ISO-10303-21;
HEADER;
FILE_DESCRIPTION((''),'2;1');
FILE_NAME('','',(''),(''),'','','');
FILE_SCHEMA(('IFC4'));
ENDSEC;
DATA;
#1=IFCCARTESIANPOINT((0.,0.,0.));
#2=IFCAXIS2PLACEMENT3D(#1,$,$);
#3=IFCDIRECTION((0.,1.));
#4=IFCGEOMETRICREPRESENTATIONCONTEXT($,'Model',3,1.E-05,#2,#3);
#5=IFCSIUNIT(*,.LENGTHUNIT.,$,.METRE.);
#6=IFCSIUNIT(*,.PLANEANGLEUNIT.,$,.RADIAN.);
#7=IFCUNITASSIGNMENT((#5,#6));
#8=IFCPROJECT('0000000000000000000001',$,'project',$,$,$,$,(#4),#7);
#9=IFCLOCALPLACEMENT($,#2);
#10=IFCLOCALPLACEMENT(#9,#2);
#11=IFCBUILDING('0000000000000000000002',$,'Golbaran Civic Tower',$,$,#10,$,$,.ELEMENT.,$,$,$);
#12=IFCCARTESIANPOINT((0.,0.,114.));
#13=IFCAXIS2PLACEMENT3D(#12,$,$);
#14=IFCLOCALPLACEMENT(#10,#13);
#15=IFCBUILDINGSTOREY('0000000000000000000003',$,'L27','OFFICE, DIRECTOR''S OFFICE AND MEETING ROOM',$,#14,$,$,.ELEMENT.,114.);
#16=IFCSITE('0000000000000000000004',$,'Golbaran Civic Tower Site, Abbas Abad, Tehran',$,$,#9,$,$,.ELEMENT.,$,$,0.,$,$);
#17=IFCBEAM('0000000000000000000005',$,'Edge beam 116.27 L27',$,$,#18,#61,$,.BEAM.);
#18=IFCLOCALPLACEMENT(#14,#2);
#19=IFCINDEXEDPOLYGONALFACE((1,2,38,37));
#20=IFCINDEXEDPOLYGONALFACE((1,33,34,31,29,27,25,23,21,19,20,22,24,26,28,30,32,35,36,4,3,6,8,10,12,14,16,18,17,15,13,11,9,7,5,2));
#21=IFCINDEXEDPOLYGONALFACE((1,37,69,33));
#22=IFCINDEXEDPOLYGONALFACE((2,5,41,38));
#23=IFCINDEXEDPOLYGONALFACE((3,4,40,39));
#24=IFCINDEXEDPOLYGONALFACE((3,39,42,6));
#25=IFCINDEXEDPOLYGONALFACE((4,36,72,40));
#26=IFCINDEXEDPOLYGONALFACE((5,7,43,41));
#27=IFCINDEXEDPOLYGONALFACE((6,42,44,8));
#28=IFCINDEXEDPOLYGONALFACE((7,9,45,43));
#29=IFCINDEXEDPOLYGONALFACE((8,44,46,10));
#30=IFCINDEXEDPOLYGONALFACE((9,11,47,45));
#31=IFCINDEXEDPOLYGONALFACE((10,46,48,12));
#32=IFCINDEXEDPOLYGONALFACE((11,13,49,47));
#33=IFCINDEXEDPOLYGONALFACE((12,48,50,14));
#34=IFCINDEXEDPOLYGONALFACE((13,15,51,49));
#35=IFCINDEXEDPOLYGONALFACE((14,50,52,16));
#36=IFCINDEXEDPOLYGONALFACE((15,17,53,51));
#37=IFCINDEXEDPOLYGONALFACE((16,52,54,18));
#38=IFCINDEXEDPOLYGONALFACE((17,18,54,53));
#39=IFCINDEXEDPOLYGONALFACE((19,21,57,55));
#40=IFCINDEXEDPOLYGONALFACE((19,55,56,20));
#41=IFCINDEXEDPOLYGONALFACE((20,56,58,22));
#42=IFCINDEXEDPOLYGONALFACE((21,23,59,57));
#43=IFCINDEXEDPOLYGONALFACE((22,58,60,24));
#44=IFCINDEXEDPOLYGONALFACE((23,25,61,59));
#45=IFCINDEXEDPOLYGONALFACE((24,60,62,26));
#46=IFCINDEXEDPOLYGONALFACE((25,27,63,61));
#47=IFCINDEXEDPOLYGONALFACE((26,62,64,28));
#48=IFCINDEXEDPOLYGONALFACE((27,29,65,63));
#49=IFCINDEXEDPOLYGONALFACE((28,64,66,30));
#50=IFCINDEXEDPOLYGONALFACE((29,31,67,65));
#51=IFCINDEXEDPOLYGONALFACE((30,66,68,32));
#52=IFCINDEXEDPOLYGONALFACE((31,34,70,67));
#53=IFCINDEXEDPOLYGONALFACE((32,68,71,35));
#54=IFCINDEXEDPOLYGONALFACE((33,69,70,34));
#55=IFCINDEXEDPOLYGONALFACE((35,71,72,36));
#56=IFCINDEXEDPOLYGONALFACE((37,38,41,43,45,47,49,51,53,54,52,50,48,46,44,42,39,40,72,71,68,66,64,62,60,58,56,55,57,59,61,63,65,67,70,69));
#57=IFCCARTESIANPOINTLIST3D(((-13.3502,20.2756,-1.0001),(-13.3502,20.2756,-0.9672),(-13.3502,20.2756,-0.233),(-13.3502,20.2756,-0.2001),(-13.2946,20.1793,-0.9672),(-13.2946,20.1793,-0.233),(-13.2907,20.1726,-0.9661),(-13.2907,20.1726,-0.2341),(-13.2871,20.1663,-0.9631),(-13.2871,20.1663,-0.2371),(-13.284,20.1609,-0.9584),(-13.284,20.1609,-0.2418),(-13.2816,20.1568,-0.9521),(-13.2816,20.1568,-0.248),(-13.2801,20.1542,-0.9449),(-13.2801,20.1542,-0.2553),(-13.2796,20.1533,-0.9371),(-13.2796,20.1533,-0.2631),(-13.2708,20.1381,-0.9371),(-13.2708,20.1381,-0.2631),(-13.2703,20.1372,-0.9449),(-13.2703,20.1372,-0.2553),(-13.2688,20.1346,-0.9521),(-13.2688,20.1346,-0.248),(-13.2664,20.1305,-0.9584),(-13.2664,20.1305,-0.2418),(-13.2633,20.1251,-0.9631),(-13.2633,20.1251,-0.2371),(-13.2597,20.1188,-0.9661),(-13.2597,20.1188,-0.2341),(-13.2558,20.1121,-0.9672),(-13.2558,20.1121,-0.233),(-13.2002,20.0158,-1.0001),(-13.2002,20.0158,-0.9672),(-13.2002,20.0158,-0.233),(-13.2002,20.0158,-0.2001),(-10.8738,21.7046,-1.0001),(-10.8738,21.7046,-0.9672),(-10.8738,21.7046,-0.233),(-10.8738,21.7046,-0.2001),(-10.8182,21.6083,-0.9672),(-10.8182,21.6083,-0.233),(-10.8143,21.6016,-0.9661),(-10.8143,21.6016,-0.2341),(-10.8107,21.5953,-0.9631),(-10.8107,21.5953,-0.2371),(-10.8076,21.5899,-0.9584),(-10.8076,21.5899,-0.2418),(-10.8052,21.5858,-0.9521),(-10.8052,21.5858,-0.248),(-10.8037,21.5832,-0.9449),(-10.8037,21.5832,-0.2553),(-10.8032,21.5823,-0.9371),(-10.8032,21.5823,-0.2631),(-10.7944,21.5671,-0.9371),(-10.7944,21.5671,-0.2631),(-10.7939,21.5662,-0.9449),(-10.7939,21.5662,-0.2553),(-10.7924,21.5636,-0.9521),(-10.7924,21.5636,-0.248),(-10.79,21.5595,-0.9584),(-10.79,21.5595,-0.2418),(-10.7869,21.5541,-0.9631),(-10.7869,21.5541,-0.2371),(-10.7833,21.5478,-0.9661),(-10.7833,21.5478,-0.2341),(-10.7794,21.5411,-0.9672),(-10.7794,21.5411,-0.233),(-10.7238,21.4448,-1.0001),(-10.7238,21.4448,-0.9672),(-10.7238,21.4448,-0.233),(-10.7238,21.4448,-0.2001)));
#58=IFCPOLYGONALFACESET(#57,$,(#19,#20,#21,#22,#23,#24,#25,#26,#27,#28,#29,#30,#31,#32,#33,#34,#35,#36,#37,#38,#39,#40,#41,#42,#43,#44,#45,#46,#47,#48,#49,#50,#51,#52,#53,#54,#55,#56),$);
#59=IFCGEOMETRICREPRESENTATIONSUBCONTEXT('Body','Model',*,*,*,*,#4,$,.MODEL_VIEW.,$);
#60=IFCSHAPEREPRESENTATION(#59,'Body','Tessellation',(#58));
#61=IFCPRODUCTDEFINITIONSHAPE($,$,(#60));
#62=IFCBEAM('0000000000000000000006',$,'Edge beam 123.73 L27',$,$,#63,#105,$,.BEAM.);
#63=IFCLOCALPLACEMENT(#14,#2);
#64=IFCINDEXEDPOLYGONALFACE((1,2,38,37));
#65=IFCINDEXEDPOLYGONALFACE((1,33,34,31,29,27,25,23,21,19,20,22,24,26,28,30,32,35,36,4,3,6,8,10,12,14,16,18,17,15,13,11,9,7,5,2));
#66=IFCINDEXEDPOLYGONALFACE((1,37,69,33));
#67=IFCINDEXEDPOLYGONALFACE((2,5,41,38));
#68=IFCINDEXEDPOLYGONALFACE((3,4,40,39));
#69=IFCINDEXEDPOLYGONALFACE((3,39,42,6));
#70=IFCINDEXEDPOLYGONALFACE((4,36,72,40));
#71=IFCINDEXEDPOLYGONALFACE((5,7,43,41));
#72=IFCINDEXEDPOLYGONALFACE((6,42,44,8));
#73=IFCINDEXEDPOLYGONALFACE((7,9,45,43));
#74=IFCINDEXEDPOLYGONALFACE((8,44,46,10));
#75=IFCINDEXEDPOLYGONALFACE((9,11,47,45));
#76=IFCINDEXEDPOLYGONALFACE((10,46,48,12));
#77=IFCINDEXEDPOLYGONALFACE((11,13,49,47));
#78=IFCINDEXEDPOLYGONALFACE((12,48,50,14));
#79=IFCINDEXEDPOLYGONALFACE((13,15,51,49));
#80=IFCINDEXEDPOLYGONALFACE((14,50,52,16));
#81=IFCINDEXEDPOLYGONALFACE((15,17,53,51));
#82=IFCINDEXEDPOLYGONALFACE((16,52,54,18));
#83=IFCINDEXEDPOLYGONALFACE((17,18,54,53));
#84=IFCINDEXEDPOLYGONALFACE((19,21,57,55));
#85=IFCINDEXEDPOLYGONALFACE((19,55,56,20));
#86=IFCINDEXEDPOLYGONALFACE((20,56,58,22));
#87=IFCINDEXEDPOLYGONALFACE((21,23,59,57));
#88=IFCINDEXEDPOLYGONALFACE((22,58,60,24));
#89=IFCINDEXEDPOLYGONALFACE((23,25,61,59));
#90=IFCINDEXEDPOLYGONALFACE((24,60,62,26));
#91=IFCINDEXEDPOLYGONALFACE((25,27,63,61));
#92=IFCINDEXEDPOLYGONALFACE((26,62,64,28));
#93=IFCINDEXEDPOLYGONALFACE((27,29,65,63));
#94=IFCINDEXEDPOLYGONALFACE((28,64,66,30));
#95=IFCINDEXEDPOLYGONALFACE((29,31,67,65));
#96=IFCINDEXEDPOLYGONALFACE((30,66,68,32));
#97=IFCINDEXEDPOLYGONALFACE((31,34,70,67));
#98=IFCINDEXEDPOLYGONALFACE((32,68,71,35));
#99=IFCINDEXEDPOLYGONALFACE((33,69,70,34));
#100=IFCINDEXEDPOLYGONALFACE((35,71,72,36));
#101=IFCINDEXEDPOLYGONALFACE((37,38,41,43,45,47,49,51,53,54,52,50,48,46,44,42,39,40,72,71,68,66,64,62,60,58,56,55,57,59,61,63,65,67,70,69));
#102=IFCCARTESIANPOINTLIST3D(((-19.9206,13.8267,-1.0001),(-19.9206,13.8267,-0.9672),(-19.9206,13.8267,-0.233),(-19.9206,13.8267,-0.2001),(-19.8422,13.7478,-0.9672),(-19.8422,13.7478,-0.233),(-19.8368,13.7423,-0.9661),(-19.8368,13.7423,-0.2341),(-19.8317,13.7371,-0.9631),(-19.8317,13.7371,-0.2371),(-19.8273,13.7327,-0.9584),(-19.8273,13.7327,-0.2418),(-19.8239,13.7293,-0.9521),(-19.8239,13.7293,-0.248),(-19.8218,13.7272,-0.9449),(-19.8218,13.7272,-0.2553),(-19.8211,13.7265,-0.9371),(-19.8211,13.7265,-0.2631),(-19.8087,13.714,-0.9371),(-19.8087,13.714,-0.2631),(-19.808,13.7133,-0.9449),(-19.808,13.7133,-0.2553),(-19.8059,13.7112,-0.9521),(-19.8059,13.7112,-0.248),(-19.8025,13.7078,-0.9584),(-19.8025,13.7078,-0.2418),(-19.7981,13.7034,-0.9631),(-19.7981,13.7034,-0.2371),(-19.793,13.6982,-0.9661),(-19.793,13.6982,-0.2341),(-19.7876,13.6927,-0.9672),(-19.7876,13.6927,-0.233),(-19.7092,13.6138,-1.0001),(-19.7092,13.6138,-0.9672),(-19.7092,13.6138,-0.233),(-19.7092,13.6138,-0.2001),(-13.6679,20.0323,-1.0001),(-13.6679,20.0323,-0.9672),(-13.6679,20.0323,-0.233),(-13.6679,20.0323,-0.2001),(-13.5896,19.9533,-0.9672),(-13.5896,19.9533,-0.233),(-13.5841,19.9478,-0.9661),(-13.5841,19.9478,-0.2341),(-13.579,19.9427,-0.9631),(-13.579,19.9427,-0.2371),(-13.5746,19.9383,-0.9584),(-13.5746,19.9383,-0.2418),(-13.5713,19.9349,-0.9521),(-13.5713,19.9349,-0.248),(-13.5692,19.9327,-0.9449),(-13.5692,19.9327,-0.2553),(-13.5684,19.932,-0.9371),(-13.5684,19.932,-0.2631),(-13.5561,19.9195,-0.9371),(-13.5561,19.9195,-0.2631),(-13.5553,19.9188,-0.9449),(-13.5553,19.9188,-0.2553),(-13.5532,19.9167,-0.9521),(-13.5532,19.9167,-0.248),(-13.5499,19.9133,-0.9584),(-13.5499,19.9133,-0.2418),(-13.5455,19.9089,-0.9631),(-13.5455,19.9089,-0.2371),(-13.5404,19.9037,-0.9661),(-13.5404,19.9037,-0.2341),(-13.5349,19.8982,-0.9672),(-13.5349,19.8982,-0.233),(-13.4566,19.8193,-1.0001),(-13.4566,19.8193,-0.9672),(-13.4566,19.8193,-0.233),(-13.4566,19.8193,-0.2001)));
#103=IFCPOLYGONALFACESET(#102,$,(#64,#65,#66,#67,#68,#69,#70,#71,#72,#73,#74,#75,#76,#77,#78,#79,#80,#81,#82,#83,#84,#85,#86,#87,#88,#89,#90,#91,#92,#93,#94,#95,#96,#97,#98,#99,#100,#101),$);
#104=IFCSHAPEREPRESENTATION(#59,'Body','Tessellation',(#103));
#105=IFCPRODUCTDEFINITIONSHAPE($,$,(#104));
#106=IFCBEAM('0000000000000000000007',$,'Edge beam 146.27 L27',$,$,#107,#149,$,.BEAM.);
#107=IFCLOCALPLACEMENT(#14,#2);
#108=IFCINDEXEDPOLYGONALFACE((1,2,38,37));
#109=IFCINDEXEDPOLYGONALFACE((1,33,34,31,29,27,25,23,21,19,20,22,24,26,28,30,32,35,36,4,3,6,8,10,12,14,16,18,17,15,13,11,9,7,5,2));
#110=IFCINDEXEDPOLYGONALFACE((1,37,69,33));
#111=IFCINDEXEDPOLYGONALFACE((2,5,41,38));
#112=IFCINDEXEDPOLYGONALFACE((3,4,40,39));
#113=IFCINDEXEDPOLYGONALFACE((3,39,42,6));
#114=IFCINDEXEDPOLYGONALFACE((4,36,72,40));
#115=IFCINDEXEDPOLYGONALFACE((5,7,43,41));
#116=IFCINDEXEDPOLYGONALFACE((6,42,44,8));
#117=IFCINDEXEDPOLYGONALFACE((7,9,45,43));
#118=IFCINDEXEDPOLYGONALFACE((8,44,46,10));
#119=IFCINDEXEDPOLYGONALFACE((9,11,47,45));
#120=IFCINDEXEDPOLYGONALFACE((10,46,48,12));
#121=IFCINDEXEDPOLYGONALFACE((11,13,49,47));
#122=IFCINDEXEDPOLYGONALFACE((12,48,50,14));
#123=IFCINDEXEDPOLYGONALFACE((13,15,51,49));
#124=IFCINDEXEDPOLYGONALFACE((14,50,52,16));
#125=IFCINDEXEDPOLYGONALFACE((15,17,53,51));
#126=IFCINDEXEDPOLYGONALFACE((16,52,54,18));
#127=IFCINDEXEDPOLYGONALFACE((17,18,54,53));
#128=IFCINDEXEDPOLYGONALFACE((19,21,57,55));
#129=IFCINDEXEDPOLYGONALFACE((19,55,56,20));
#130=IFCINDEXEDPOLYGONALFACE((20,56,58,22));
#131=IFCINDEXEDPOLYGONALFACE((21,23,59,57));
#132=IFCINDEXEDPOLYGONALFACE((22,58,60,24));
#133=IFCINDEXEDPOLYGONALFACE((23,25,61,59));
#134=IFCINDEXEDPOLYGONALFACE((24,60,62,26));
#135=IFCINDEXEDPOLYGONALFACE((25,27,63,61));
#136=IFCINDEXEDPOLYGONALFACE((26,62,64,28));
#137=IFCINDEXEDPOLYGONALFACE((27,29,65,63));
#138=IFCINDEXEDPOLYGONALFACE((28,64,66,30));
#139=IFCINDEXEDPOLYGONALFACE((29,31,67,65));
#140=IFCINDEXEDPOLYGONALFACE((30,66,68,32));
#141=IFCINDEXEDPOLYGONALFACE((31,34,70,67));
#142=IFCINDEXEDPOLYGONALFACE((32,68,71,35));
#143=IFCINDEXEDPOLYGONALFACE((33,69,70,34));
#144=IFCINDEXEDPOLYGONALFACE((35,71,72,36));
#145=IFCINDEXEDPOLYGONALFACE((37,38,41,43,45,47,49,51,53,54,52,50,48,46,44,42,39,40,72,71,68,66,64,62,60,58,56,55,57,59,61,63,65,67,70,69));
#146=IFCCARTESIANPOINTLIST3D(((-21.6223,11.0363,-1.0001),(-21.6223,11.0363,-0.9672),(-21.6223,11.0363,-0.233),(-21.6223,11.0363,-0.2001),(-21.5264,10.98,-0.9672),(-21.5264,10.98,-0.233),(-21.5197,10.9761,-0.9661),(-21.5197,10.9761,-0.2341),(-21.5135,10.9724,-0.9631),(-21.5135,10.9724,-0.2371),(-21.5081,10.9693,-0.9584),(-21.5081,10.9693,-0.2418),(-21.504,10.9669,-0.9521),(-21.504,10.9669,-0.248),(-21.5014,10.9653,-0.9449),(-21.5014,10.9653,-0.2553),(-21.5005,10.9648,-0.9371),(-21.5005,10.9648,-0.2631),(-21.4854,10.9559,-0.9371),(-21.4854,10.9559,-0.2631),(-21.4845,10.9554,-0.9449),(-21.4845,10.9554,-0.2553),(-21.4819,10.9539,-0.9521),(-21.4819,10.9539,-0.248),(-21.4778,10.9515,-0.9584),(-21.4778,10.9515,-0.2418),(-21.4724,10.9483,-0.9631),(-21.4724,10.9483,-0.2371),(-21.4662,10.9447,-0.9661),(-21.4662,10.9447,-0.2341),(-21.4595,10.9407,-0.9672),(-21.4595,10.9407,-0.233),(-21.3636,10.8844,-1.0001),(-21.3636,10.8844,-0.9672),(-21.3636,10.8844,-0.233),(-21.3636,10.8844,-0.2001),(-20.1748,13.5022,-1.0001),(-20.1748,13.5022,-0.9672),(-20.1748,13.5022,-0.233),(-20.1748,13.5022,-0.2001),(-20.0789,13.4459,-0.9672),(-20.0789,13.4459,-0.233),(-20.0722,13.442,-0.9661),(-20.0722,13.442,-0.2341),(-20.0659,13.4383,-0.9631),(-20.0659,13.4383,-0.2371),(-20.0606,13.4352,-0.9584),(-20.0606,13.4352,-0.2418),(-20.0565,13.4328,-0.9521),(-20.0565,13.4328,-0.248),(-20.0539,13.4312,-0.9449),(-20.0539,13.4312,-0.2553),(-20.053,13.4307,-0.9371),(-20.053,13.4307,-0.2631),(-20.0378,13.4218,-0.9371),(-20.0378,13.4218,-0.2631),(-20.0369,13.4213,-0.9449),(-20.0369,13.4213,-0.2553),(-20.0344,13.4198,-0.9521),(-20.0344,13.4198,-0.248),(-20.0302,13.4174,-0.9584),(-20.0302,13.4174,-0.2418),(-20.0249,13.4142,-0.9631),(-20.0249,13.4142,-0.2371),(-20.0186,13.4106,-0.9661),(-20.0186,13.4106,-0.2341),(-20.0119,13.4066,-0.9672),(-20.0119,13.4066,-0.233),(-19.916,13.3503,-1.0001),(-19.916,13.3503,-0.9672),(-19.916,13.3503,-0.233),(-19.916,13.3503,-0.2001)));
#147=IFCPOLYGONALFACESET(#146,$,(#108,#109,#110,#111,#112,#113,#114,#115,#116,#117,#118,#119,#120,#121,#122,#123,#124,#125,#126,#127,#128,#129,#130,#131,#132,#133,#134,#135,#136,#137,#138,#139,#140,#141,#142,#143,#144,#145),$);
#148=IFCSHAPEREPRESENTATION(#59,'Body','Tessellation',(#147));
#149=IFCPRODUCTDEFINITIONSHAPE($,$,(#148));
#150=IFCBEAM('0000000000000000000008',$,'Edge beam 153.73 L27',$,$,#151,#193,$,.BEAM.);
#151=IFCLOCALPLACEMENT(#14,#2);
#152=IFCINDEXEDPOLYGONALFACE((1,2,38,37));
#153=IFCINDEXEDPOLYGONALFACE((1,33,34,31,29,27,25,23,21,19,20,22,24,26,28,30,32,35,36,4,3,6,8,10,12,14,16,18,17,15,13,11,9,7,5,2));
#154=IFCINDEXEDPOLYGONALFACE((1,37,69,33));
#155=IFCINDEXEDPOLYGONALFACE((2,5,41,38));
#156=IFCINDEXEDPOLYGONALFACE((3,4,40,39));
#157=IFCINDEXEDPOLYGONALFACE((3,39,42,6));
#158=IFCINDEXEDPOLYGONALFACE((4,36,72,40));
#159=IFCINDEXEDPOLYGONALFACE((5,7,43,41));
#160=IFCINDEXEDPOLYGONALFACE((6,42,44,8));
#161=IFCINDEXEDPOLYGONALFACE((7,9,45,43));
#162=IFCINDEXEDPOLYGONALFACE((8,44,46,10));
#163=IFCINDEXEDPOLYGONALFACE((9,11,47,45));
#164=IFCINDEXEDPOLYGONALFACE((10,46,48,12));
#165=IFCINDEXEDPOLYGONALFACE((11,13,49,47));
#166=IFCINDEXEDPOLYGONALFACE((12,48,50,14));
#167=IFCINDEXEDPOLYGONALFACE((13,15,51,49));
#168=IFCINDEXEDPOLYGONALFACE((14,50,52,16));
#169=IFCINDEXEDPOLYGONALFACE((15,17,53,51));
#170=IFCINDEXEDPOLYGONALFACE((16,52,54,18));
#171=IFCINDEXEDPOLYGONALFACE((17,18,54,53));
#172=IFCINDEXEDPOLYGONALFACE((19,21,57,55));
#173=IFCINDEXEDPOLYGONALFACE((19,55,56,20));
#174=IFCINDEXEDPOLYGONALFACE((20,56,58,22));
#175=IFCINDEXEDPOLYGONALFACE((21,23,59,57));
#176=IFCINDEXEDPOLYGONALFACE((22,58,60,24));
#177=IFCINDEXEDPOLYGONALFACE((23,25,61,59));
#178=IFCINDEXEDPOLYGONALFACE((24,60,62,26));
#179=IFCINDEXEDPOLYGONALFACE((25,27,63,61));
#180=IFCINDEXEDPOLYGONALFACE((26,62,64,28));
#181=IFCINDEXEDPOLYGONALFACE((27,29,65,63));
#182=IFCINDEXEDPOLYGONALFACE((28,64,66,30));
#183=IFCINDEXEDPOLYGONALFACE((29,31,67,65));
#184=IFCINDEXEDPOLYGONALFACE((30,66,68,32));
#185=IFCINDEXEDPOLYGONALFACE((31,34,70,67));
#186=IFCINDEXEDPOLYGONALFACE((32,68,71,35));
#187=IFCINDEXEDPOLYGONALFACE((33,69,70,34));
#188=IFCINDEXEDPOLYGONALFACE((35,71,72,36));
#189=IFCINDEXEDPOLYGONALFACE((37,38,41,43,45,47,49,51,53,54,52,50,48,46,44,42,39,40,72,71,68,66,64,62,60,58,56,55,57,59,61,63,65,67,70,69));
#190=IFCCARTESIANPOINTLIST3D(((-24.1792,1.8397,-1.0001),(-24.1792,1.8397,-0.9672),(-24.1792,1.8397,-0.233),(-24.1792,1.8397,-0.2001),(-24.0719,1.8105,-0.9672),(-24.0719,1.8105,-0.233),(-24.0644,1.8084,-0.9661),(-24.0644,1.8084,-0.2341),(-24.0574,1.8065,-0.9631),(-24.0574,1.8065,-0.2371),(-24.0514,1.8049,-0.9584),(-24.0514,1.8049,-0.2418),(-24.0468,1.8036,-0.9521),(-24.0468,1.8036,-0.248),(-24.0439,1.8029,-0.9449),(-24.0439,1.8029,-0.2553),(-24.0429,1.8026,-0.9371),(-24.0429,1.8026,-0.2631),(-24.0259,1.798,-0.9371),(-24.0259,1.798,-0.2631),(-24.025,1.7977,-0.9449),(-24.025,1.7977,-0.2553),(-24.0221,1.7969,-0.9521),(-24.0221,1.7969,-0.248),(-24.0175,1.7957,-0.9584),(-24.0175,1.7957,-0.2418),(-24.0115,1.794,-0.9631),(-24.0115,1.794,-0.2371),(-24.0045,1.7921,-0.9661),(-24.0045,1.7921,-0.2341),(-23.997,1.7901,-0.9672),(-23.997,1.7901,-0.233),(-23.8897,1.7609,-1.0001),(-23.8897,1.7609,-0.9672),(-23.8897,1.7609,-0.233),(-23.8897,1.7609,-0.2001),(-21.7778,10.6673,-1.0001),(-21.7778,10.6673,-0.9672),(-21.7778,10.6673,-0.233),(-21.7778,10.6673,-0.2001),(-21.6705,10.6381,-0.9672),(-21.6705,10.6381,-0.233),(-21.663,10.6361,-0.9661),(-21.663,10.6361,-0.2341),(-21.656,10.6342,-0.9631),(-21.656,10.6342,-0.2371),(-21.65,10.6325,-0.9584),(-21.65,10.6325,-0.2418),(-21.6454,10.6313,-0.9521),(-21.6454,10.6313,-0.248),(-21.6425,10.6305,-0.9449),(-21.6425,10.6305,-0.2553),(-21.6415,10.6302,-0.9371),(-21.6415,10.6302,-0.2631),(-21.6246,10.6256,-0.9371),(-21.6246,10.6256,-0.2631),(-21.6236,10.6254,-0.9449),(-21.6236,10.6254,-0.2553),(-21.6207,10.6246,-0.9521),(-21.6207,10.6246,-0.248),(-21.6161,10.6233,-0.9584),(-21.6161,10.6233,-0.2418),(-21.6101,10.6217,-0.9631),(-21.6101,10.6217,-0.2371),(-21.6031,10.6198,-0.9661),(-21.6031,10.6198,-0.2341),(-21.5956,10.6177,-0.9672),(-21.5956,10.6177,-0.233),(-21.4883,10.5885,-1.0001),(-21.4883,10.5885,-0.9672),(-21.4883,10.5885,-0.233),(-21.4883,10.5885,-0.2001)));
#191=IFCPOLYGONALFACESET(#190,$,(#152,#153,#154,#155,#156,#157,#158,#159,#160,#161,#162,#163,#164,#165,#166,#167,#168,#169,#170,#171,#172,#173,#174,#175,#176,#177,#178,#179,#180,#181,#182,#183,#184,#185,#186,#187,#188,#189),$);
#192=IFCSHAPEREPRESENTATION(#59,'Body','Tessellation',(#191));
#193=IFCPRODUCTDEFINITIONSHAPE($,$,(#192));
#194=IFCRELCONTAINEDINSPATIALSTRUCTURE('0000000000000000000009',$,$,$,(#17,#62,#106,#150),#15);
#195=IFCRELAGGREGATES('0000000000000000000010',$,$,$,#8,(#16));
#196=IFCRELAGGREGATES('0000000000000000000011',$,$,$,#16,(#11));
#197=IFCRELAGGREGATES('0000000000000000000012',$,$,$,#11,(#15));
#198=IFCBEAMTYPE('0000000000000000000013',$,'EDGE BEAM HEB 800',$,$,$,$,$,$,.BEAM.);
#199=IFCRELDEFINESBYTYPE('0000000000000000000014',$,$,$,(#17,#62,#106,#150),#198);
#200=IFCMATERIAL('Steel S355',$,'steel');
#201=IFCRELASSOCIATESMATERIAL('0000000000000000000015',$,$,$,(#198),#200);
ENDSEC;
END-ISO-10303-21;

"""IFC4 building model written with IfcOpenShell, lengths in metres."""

from ifc_helpers import new_model, si_unit, direction, frame, origin, origin_2d, place, context, subcontext, project, spatial, i_section, extrude, material, material_profile, profile_set, type_object, element, save


model = new_model("IFC4")

# Units and contexts
model_context = context("Model", 3, precision=1e-05, world=origin(), true_north=direction((0.0, 1.0)))
body_context = subcontext(model_context, "Body", "Model", "MODEL_VIEW")
ifc_project = project(units=[si_unit("LENGTHUNIT", "METRE"), si_unit("PLANEANGLEUNIT", "RADIAN")], contexts=[model_context])

# Site, building, storey
site_placement = place(None, origin())
site = spatial("IfcSite", under=ifc_project, at=site_placement, Name="Golbaran Civic Tower Site, Abbas Abad, Tehran", CompositionType="ELEMENT", RefElevation=0.0)
building_placement = place(site_placement, origin())
building = spatial("IfcBuilding", under=site, at=building_placement, Name="Golbaran Civic Tower", CompositionType="ELEMENT")
storey_placement = place(building_placement, frame((0.0, 0.0, 114.0)))
storey = spatial("IfcBuildingStorey", under=building, at=storey_placement, Name="L27", Description="OFFICE, DIRECTOR'S OFFICE AND MEETING ROOM", CompositionType="ELEMENT", Elevation=114.0)

# Beams
ifc_material_1 = material(Name="Steel S355", Category="steel")
ifc_material_profile_1 = material_profile(ifc_material_1, i_section(OverallWidth=0.3, OverallDepth=0.8, WebThickness=0.0176, FlangeThickness=0.033, FilletRadius=0.03, at=origin_2d()), Name="HEB 800")
ifc_profile_set_1 = profile_set([ifc_material_profile_1], Name="Steel S355")
beam_type_1 = type_object("IfcBeamType", Name="EDGE BEAM HEB 800", PredefinedType="BEAM", material=ifc_profile_set_1)
beam_1_placement = place(storey_placement, frame((-10.7988, 21.5747, -0.6001), z_axis=(-0.866139, -0.499804, 0.0), x_axis=(0.499804, -0.866139, 0.0)))
element("IfcBeam", 1, at=beam_1_placement, inside=storey, type_object=beam_type_1, Name="Edge beam 116.27 L27", PredefinedType="BEAM", context=body_context, shape_type="SweptSolid", body=[
    extrude(i_section(OverallWidth=0.3, OverallDepth=0.8, WebThickness=0.0176, FlangeThickness=0.033, FilletRadius=0.03, at=origin_2d()), origin(), (0.0, 0.0, 1.0), 2.8591),
])
beam_2_placement = place(storey_placement, frame((-13.5623, 19.9258, -0.6001), z_axis=(-0.709776, -0.704427, 0.0), x_axis=(0.704427, -0.709776, 0.0)))
element("IfcBeam", 2, at=beam_2_placement, inside=storey, type_object=beam_type_1, Name="Edge beam 123.73 L27", PredefinedType="BEAM", context=body_context, shape_type="SweptSolid", body=[
    extrude(i_section(OverallWidth=0.3, OverallDepth=0.8, WebThickness=0.0176, FlangeThickness=0.033, FilletRadius=0.03, at=origin_2d()), origin(), (0.0, 0.0, 1.0), 8.8093),
])
beam_3_placement = place(storey_placement, frame((-20.0454, 13.4263, -0.6001), z_axis=(-0.506248, -0.862388, 0.0), x_axis=(0.862388, -0.506248, 0.0)))
element("IfcBeam", 3, at=beam_3_placement, inside=storey, type_object=beam_type_1, Name="Edge beam 146.27 L27", PredefinedType="BEAM", context=body_context, shape_type="SweptSolid", body=[
    extrude(i_section(OverallWidth=0.3, OverallDepth=0.8, WebThickness=0.0176, FlangeThickness=0.033, FilletRadius=0.03, at=origin_2d()), origin(), (0.0, 0.0, 1.0), 2.8594),
])
beam_4_placement = place(storey_placement, frame((-21.6331, 10.6279, -0.6001), z_axis=(-0.26249, -0.964935, 0.0), x_axis=(0.964935, -0.26249, 0.0)))
element("IfcBeam", 4, at=beam_4_placement, inside=storey, type_object=beam_type_1, Name="Edge beam 153.73 L27", PredefinedType="BEAM", context=body_context, shape_type="SweptSolid", body=[
    extrude(i_section(OverallWidth=0.3, OverallDepth=0.8, WebThickness=0.0176, FlangeThickness=0.033, FilletRadius=0.03, at=origin_2d()), origin(), (0.0, 0.0, 1.0), 9.1484),
])

save(model, "model.ifc")
